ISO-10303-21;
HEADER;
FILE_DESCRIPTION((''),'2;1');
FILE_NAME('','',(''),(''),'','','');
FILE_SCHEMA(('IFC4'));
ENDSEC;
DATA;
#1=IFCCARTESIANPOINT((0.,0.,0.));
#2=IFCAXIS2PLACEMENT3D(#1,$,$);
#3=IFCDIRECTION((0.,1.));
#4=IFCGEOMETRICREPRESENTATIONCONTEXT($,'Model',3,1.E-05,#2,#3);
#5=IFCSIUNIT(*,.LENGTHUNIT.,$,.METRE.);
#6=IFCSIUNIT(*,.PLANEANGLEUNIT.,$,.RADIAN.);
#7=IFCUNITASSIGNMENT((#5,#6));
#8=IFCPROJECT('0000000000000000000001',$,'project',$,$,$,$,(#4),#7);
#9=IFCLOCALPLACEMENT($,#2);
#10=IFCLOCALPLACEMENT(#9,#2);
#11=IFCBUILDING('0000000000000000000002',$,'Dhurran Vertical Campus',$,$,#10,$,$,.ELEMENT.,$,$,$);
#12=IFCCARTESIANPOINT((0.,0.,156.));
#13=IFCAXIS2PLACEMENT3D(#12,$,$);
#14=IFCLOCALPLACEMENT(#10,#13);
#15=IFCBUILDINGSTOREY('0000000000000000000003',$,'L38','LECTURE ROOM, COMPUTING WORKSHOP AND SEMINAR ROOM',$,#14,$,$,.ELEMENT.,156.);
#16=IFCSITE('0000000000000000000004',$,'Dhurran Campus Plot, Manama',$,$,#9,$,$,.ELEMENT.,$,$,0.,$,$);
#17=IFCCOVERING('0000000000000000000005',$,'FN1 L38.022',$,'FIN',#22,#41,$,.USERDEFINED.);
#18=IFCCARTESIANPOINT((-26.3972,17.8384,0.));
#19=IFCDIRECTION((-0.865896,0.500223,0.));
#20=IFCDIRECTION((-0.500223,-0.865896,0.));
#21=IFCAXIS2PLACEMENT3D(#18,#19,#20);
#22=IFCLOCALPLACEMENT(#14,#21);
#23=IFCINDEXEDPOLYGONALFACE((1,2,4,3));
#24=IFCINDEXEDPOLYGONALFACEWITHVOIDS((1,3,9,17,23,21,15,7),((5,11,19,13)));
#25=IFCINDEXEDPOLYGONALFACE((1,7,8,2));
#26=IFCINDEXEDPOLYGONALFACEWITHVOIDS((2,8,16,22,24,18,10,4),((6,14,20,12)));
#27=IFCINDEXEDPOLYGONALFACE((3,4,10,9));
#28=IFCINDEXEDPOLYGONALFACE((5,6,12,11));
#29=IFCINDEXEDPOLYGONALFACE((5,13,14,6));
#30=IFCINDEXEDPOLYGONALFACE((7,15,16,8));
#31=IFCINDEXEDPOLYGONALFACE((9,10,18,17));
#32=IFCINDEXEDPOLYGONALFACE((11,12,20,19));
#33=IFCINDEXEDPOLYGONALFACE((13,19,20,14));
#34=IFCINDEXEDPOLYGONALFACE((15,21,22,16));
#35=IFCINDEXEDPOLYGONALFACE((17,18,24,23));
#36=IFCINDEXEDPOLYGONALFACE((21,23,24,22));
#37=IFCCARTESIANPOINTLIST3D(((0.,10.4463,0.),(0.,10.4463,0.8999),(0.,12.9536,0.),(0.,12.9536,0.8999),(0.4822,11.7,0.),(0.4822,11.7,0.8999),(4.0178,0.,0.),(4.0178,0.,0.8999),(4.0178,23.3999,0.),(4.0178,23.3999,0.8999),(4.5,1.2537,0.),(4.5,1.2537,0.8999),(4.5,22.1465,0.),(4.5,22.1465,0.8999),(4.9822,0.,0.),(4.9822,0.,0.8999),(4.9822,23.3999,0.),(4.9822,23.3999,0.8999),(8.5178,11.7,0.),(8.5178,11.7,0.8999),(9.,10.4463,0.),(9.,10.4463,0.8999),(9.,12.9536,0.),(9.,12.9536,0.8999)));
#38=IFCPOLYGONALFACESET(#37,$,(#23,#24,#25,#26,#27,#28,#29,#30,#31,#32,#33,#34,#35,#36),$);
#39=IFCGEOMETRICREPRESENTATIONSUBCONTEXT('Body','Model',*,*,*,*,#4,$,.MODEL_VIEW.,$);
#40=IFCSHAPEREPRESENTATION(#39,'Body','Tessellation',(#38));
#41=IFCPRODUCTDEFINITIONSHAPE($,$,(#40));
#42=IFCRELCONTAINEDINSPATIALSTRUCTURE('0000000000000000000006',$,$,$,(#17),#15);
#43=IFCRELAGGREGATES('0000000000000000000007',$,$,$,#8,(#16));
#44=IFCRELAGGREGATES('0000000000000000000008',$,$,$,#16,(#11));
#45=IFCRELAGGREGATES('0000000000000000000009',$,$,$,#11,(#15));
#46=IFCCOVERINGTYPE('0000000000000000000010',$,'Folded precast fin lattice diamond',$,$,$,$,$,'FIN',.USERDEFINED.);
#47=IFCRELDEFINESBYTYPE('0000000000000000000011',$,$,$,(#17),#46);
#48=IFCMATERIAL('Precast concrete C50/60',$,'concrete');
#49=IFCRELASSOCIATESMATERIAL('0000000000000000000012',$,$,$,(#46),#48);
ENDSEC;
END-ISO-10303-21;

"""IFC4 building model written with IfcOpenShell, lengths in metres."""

from ifc_helpers import new_model, si_unit, direction, frame, origin, place, context, subcontext, project, spatial, polyline, outline, extrude, material, type_object, element, save


model = new_model("IFC4")

# Units and contexts
model_context = context("Model", 3, precision=1e-05, world=origin(), true_north=direction((0.0, 1.0)))
body_context = subcontext(model_context, "Body", "Model", "MODEL_VIEW")
ifc_project = project(units=[si_unit("LENGTHUNIT", "METRE"), si_unit("PLANEANGLEUNIT", "RADIAN")], contexts=[model_context])

# Site, building, storey
site_placement = place(None, origin())
site = spatial("IfcSite", under=ifc_project, at=site_placement, Name="Dhurran Campus Plot, Manama", CompositionType="ELEMENT", RefElevation=0.0)
building_placement = place(site_placement, origin())
building = spatial("IfcBuilding", under=site, at=building_placement, Name="Dhurran Vertical Campus", CompositionType="ELEMENT")
storey_placement = place(building_placement, frame((0.0, 0.0, 156.0)))
storey = spatial("IfcBuildingStorey", under=building, at=storey_placement, Name="L38", Description="LECTURE ROOM, COMPUTING WORKSHOP AND SEMINAR ROOM", CompositionType="ELEMENT", Elevation=156.0)

# Covering
ifc_material_1 = material(Name="Precast concrete C50/60", Category="concrete")
covering_type = type_object("IfcCoveringType", Name="Folded precast fin lattice diamond", ElementType="FIN", PredefinedType="USERDEFINED", material=ifc_material_1)
for number, where, z_axis, x_axis, name in (
    (1, (-26.3972, 17.8384, 0.0), (-0.865896, 0.500223, 0.0), (-0.500223, -0.865896, 0.0), "FN1 L38.022"),
):
    element("IfcCovering", number, at=place(storey_placement, frame(where, z_axis=z_axis, x_axis=x_axis)), inside=storey, type_object=covering_type, Name=name, ObjectType="FIN", PredefinedType="USERDEFINED", context=body_context, shape_type="SweptSolid", body=[
        extrude(outline(polyline([(9.0, 12.9536), (9.0, 10.4463), (4.9822, 0.0), (4.0178, 0.0), (0.0, 10.4463), (0.0, 12.9536), (4.0178, 23.3999), (4.9822, 23.3999), (9.0, 12.9536)]), holes=[polyline([(8.5178, 11.7), (4.5, 22.1465), (0.4822, 11.7), (4.5, 1.2537), (8.5178, 11.7)])]), origin(), (0.0, 0.0, 1.0), 0.8999),
    ])

save(model, "model.ifc")
